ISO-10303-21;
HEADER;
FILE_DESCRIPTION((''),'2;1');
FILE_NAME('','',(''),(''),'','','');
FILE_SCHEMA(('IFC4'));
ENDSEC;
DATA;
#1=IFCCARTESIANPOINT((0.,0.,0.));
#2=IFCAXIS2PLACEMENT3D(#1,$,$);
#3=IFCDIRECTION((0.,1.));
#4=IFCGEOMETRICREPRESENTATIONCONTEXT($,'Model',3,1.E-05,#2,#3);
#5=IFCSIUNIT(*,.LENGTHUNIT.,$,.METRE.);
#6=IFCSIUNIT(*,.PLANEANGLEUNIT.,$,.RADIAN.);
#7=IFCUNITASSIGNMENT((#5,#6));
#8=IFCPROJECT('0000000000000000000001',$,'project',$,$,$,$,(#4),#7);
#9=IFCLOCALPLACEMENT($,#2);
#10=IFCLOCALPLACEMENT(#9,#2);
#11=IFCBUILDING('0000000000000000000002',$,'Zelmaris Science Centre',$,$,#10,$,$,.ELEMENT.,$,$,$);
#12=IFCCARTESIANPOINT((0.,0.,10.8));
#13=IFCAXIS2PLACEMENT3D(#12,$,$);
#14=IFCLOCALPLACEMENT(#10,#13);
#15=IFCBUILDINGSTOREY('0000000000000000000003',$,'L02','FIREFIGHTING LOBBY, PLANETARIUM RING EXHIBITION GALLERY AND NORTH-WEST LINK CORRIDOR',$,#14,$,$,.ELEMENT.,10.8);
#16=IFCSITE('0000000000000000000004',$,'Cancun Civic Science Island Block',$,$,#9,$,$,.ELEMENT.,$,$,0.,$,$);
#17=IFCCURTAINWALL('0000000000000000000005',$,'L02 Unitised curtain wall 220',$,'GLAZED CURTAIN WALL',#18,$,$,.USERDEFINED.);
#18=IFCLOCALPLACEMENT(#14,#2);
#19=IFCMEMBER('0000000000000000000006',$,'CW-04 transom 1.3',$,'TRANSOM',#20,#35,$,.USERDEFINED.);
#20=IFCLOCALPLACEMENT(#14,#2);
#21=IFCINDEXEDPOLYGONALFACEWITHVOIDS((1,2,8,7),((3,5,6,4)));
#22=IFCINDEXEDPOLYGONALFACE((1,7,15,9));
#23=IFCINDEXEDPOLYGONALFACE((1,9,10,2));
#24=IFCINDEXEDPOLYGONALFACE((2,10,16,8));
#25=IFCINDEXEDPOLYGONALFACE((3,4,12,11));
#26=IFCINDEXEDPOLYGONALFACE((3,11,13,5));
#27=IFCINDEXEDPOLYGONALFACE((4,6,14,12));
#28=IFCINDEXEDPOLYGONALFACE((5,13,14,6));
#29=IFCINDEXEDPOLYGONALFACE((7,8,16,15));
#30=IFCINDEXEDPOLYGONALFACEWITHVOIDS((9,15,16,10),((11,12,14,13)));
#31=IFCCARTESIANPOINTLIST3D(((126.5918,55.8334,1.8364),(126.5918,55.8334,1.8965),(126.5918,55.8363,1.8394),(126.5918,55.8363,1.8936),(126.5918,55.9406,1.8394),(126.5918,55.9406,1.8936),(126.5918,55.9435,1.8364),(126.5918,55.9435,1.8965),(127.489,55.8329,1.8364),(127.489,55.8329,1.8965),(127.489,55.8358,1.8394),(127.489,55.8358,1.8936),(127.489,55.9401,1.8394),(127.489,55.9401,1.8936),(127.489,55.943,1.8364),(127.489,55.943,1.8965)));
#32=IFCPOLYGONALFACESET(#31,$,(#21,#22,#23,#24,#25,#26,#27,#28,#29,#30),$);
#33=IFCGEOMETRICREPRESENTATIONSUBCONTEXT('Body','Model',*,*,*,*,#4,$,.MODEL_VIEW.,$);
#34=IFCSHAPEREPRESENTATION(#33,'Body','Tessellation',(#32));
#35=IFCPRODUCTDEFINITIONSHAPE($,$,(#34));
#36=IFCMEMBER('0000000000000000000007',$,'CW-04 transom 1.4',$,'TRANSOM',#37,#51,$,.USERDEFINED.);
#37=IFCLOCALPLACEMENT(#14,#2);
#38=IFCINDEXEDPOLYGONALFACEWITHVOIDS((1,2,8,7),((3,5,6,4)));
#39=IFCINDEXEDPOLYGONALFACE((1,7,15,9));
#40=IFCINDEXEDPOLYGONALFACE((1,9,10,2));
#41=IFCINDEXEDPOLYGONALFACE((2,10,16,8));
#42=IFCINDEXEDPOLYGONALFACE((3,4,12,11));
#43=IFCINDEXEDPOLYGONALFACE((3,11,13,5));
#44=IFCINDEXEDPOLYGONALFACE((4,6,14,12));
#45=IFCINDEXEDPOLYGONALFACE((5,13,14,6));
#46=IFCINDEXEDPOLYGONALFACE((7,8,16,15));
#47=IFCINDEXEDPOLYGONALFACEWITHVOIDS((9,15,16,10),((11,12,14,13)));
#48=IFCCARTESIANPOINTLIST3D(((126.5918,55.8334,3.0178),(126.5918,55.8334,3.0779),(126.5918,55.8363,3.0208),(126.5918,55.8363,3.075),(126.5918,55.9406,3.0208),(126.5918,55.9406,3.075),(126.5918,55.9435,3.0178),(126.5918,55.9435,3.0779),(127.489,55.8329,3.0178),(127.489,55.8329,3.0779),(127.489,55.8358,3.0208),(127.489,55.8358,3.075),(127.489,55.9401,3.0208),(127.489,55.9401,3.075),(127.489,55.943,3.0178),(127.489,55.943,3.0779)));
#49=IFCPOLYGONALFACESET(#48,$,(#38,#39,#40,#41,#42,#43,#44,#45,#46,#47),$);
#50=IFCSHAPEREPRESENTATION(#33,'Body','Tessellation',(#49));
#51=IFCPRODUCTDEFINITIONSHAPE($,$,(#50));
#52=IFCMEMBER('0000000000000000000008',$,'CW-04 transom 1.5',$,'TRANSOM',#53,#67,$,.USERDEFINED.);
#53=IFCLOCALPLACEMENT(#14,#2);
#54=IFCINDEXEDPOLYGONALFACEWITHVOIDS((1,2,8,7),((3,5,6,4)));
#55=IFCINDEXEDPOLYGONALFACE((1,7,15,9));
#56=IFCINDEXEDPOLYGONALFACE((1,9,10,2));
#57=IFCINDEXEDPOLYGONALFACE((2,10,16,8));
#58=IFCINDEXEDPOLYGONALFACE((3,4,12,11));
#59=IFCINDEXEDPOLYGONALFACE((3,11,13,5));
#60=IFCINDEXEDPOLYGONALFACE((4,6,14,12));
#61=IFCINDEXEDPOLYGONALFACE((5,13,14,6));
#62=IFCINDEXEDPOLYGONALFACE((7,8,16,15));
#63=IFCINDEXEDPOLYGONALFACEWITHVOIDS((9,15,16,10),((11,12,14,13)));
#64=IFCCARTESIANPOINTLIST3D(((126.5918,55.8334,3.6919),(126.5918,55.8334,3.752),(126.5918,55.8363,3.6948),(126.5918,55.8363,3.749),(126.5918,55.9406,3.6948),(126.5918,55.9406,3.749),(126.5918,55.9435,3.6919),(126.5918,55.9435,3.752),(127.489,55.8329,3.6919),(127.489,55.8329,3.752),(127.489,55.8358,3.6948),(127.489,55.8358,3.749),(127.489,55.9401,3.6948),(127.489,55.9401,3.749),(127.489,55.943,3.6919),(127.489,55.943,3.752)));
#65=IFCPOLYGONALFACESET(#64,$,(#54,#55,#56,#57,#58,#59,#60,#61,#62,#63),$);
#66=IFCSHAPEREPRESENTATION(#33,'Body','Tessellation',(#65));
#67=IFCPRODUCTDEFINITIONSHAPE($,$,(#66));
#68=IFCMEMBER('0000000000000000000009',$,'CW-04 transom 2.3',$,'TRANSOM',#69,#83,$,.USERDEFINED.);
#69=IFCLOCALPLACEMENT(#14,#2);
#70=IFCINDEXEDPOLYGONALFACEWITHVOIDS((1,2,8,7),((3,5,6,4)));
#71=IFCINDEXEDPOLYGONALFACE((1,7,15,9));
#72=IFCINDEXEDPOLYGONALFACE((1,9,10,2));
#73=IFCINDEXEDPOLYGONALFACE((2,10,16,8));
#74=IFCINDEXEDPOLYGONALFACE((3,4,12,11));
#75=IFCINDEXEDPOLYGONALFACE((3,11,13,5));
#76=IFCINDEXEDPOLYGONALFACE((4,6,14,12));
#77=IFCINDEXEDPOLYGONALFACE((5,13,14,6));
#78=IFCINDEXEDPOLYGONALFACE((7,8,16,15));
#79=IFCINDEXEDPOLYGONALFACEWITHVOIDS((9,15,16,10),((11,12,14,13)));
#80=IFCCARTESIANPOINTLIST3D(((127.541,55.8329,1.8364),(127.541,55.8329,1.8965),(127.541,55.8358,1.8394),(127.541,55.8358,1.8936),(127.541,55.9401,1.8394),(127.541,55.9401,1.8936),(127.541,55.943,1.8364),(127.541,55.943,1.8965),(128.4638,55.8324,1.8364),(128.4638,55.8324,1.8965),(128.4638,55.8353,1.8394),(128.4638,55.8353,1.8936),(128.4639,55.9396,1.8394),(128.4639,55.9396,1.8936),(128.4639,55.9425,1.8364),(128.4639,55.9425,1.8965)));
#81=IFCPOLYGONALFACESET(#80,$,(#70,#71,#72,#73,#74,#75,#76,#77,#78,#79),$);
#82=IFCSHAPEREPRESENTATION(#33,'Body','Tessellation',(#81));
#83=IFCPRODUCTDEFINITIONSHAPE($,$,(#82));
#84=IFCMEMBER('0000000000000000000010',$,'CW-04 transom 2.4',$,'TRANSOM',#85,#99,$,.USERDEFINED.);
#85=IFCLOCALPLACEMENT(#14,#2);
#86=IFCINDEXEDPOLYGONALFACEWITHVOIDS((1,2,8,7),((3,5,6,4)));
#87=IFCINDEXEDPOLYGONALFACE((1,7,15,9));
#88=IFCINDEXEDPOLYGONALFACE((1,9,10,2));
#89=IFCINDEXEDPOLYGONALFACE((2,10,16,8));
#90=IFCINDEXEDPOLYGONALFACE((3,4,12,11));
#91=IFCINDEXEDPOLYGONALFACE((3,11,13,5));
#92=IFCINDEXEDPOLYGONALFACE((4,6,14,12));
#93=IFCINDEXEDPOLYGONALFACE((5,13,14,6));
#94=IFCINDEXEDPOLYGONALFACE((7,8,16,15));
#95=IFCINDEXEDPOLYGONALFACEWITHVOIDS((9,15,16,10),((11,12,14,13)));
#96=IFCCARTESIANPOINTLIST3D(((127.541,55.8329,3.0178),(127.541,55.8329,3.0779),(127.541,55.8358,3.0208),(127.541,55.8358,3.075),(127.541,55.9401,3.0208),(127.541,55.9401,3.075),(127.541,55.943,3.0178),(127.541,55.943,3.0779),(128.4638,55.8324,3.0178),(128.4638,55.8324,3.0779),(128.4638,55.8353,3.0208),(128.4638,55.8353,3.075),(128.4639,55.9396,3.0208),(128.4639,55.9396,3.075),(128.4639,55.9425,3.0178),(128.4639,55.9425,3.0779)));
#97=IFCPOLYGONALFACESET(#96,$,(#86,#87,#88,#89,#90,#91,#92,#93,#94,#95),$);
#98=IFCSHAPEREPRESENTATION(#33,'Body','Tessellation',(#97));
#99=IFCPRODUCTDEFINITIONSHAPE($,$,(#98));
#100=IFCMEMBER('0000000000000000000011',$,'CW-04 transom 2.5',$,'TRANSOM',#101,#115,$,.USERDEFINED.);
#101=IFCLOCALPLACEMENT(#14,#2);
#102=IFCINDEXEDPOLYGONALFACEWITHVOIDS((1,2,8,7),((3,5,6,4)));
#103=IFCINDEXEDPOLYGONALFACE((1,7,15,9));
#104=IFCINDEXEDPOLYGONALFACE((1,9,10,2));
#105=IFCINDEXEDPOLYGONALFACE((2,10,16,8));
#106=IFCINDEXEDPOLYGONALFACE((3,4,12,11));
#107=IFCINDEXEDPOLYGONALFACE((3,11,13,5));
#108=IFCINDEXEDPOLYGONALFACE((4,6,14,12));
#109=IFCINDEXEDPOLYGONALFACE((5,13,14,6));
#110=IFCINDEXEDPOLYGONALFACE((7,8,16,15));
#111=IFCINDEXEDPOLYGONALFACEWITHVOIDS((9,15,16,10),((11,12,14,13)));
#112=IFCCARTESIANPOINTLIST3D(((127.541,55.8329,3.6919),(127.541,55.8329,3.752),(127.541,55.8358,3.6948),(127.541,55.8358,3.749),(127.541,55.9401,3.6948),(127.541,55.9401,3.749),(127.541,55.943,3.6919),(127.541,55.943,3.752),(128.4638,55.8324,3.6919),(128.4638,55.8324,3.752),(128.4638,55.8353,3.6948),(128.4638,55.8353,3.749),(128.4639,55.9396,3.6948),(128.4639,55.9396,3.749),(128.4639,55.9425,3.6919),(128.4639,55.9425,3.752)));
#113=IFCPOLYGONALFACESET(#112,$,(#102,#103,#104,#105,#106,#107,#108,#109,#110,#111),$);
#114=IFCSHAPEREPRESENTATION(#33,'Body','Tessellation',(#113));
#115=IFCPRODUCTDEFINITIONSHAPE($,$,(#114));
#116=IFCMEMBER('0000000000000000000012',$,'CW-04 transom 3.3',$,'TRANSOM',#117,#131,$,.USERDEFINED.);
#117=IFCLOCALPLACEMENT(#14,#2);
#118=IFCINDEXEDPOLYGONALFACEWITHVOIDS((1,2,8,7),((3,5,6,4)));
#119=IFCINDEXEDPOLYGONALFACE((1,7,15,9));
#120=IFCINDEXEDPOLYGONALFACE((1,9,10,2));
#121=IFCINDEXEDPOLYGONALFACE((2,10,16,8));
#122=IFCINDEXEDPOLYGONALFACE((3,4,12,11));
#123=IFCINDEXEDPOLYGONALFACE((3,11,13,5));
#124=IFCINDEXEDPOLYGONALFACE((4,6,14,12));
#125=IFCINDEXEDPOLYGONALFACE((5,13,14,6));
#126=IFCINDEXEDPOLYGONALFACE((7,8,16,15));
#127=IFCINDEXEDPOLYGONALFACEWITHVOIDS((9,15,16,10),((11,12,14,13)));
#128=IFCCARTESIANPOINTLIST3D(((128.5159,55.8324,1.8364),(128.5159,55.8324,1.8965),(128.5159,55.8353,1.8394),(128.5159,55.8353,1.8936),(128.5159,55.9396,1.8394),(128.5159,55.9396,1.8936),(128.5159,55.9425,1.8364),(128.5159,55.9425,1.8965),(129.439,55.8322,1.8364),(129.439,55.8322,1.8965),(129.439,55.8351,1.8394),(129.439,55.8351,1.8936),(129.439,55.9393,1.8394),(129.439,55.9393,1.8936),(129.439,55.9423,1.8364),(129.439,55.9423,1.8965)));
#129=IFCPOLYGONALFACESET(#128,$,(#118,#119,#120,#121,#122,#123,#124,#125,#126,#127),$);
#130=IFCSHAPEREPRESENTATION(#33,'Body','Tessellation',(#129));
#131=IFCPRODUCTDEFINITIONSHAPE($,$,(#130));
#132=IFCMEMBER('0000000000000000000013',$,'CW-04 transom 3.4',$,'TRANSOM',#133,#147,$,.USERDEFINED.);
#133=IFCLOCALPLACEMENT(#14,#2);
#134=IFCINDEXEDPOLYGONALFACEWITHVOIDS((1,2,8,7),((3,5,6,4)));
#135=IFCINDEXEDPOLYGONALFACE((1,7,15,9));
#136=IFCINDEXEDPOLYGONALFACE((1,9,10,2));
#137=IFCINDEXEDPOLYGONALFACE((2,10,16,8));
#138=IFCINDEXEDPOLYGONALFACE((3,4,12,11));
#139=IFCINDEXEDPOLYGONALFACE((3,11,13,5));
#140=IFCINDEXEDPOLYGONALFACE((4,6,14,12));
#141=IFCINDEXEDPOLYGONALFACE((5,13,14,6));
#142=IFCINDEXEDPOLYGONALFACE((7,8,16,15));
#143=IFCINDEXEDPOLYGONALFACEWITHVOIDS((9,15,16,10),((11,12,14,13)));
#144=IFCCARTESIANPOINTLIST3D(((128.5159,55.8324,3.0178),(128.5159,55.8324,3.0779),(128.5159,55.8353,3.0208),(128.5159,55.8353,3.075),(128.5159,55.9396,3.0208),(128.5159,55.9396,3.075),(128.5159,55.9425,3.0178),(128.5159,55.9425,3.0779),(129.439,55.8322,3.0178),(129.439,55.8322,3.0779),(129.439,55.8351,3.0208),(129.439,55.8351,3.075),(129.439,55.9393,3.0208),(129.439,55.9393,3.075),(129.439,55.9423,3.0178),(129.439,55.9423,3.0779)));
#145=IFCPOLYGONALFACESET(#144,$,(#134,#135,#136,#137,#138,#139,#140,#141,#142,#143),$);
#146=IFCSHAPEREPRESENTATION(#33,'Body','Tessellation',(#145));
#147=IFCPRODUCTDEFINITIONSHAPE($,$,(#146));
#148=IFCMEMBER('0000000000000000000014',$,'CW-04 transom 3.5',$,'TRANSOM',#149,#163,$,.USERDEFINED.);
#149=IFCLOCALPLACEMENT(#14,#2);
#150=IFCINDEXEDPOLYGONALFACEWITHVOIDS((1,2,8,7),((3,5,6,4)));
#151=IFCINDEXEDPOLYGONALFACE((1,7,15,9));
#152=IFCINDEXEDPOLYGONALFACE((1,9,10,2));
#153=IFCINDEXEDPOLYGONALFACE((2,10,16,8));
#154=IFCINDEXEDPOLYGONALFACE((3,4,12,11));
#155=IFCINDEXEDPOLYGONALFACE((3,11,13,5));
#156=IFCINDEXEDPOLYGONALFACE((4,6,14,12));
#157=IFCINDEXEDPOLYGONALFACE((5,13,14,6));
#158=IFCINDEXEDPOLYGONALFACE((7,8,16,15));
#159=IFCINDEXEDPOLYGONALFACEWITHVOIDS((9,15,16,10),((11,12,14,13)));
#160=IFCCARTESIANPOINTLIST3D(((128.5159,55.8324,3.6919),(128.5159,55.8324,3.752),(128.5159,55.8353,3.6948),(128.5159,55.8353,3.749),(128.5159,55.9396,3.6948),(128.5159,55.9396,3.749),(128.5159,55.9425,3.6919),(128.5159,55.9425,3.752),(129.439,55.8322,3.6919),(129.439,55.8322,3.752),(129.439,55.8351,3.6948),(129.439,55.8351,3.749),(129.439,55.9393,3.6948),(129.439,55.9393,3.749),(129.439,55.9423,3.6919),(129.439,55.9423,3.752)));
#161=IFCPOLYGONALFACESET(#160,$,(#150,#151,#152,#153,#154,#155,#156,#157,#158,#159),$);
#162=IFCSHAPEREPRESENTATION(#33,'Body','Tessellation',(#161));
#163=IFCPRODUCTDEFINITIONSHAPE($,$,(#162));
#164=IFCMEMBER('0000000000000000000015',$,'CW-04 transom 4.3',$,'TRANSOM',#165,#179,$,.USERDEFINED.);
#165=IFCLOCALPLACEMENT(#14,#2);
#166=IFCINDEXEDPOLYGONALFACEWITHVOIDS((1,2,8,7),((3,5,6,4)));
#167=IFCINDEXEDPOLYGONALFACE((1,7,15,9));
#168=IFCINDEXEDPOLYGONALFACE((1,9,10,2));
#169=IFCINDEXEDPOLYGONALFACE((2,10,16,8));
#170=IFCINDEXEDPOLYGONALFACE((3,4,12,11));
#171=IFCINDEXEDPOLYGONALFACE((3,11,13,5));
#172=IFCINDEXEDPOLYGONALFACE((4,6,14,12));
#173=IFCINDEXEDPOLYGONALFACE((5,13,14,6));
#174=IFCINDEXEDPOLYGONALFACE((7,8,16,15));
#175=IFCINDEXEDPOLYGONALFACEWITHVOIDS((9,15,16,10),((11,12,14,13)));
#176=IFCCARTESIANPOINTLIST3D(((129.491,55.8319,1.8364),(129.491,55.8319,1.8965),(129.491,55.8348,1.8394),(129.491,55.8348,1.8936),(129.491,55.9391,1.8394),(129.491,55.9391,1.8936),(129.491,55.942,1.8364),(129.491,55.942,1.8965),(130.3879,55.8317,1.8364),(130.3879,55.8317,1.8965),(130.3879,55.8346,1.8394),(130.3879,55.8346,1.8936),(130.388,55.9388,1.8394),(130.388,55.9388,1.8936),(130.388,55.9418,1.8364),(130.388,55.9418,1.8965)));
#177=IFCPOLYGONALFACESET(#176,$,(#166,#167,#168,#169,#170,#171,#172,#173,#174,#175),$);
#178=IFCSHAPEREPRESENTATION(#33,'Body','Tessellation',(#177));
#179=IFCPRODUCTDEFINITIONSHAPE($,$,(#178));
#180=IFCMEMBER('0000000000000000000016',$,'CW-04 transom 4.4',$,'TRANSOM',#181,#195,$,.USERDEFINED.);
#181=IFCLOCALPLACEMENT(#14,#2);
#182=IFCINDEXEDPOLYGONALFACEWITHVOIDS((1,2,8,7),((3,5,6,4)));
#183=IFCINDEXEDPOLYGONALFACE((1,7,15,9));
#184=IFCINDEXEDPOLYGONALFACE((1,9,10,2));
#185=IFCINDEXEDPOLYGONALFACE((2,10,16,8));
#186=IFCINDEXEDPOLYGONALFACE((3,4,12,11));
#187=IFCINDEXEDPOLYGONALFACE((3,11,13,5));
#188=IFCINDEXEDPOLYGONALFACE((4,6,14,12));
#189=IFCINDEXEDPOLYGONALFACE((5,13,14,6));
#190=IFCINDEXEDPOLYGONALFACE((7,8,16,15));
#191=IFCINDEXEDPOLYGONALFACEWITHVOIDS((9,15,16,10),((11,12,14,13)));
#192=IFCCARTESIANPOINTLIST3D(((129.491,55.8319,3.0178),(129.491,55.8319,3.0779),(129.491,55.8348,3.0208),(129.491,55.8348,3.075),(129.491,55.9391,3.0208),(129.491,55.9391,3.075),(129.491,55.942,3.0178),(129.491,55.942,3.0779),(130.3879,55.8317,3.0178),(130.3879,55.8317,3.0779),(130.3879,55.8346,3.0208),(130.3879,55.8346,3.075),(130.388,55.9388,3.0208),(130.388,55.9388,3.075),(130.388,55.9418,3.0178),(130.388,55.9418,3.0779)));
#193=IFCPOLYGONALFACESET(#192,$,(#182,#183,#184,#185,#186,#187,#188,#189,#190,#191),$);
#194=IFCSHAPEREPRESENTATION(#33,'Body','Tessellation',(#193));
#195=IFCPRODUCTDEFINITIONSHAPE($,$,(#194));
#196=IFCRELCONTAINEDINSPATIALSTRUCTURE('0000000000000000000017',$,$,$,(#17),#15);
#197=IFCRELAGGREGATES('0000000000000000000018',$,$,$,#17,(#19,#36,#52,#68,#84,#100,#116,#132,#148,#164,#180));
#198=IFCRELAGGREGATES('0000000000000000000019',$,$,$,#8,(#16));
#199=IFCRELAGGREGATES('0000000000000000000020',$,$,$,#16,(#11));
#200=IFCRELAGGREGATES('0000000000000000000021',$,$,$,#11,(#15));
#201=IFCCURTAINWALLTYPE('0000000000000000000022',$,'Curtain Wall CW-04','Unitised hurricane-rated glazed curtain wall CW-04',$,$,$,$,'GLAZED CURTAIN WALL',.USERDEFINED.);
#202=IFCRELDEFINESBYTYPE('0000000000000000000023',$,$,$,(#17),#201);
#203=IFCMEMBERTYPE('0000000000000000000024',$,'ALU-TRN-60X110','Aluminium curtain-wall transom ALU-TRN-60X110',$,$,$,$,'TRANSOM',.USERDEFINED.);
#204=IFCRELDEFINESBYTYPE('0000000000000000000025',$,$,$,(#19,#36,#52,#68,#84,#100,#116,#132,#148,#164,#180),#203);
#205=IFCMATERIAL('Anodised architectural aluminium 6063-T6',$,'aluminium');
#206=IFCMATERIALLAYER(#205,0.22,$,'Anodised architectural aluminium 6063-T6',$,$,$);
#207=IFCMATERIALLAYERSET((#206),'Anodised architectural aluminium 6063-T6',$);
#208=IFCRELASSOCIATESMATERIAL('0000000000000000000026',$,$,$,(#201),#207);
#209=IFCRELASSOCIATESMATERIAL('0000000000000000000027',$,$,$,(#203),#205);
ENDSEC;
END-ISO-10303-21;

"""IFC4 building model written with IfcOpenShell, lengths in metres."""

from ifc_helpers import new_model, si_unit, direction, frame, origin, origin_2d, place, context, subcontext, project, spatial, hollow_rectangle, extrude, material, layer, layer_set, material_profile, profile_set, type_object, element, aggregate, save


model = new_model("IFC4")

# Units and contexts
model_context = context("Model", 3, precision=1e-05, world=origin(), true_north=direction((0.0, 1.0)))
body_context = subcontext(model_context, "Body", "Model", "MODEL_VIEW")
ifc_project = project(units=[si_unit("LENGTHUNIT", "METRE"), si_unit("PLANEANGLEUNIT", "RADIAN")], contexts=[model_context])

# Site, building, storey
site_placement = place(None, origin())
site = spatial("IfcSite", under=ifc_project, at=site_placement, Name="Cancun Civic Science Island Block", CompositionType="ELEMENT", RefElevation=0.0)
building_placement = place(site_placement, origin())
building = spatial("IfcBuilding", under=site, at=building_placement, Name="Zelmaris Science Centre", CompositionType="ELEMENT")
storey_placement = place(building_placement, frame((0.0, 0.0, 10.8)))
storey = spatial("IfcBuildingStorey", under=building, at=storey_placement, Name="L02", Description="FIREFIGHTING LOBBY, PLANETARIUM RING EXHIBITION GALLERY AND NORTH-WEST LINK CORRIDOR", CompositionType="ELEMENT", Elevation=10.8)

# Curtain wall, members
ifc_material_1 = material(Name="Anodised architectural aluminium 6063-T6", Category="aluminium")
ifc_layer_1 = layer(ifc_material_1, 0.22, Name="Anodised architectural aluminium 6063-T6")
ifc_layer_set_1 = layer_set([ifc_layer_1], Name="Anodised architectural aluminium 6063-T6")
curtain_wall_type = type_object("IfcCurtainWallType", Name="Curtain Wall CW-04", Description="Unitised hurricane-rated glazed curtain wall CW-04", ElementType="GLAZED CURTAIN WALL", PredefinedType="USERDEFINED", material=ifc_layer_set_1)
curtain_wall_placement = place(storey_placement, origin())
curtain_wall = element("IfcCurtainWall", 1, at=curtain_wall_placement, inside=storey, type_object=curtain_wall_type, Name="L02 Unitised curtain wall 220", ObjectType="GLAZED CURTAIN WALL", PredefinedType="USERDEFINED")
ifc_material_profile = material_profile(ifc_material_1, hollow_rectangle(XDim=0.0601, YDim=0.1101, WallThickness=0.0029, at=origin_2d()), Name="ALU-TRN-60X110")
ifc_profile_set = profile_set([ifc_material_profile], Name="Anodised architectural aluminium 6063-T6")
member_type = type_object("IfcMemberType", Name="ALU-TRN-60X110", Description="Aluminium curtain-wall transom ALU-TRN-60X110", ElementType="TRANSOM", PredefinedType="USERDEFINED", material=ifc_profile_set)
member_1_placement = place(storey_placement, frame((126.5918, 55.8884, 1.8665), z_axis=(1.0, -0.000544, 0.0), x_axis=(0.0, 0.0, 1.0)))
member_1 = element("IfcMember", 2, at=member_1_placement, type_object=member_type, Name="CW-04 transom 1.3", ObjectType="TRANSOM", PredefinedType="USERDEFINED", context=body_context, shape_type="SweptSolid", body=[
    extrude(hollow_rectangle(XDim=0.0601, YDim=0.1101, WallThickness=0.0029, at=origin_2d()), origin(), (0.0, 0.0, 1.0), 0.8972),
])
member_2_placement = place(storey_placement, frame((126.5918, 55.8884, 3.0479), z_axis=(1.0, -0.000544, 0.0), x_axis=(0.0, 0.0, 1.0)))
member_2 = element("IfcMember", 3, at=member_2_placement, type_object=member_type, Name="CW-04 transom 1.4", ObjectType="TRANSOM", PredefinedType="USERDEFINED", context=body_context, shape_type="SweptSolid", body=[
    extrude(hollow_rectangle(XDim=0.0601, YDim=0.1101, WallThickness=0.0029, at=origin_2d()), origin(), (0.0, 0.0, 1.0), 0.8972),
])
member_3_placement = place(storey_placement, frame((126.5918, 55.8884, 3.7219), z_axis=(1.0, -0.000544, 0.0), x_axis=(0.0, 0.0, 1.0)))
member_3 = element("IfcMember", 4, at=member_3_placement, type_object=member_type, Name="CW-04 transom 1.5", ObjectType="TRANSOM", PredefinedType="USERDEFINED", context=body_context, shape_type="SweptSolid", body=[
    extrude(hollow_rectangle(XDim=0.0601, YDim=0.1101, WallThickness=0.0029, at=origin_2d()), origin(), (0.0, 0.0, 1.0), 0.8972),
])
member_4_placement = place(storey_placement, frame((127.541, 55.8879, 1.8665), z_axis=(1.0, -0.000529, 0.0), x_axis=(0.0, 0.0, 1.0)))
member_4 = element("IfcMember", 5, at=member_4_placement, type_object=member_type, Name="CW-04 transom 2.3", ObjectType="TRANSOM", PredefinedType="USERDEFINED", context=body_context, shape_type="SweptSolid", body=[
    extrude(hollow_rectangle(XDim=0.0601, YDim=0.1101, WallThickness=0.0029, at=origin_2d()), origin(), (0.0, 0.0, 1.0), 0.9229),
])
member_5_placement = place(storey_placement, frame((127.541, 55.8879, 3.0479), z_axis=(1.0, -0.000529, 0.0), x_axis=(0.0, 0.0, 1.0)))
member_5 = element("IfcMember", 6, at=member_5_placement, type_object=member_type, Name="CW-04 transom 2.4", ObjectType="TRANSOM", PredefinedType="USERDEFINED", context=body_context, shape_type="SweptSolid", body=[
    extrude(hollow_rectangle(XDim=0.0601, YDim=0.1101, WallThickness=0.0029, at=origin_2d()), origin(), (0.0, 0.0, 1.0), 0.9229),
])
member_6_placement = place(storey_placement, frame((127.541, 55.8879, 3.7219), z_axis=(1.0, -0.000529, 0.0), x_axis=(0.0, 0.0, 1.0)))
member_6 = element("IfcMember", 7, at=member_6_placement, type_object=member_type, Name="CW-04 transom 2.5", ObjectType="TRANSOM", PredefinedType="USERDEFINED", context=body_context, shape_type="SweptSolid", body=[
    extrude(hollow_rectangle(XDim=0.0601, YDim=0.1101, WallThickness=0.0029, at=origin_2d()), origin(), (0.0, 0.0, 1.0), 0.9229),
])
member_7_placement = place(storey_placement, frame((128.5159, 55.8875, 1.8665), z_axis=(1.0, -0.000264, 0.0), x_axis=(0.0, 0.0, 1.0)))
member_7 = element("IfcMember", 8, at=member_7_placement, type_object=member_type, Name="CW-04 transom 3.3", ObjectType="TRANSOM", PredefinedType="USERDEFINED", context=body_context, shape_type="SweptSolid", body=[
    extrude(hollow_rectangle(XDim=0.0601, YDim=0.1101, WallThickness=0.0029, at=origin_2d()), origin(), (0.0, 0.0, 1.0), 0.9231),
])
member_8_placement = place(storey_placement, frame((128.5159, 55.8875, 3.0479), z_axis=(1.0, -0.000264, 0.0), x_axis=(0.0, 0.0, 1.0)))
member_8 = element("IfcMember", 9, at=member_8_placement, type_object=member_type, Name="CW-04 transom 3.4", ObjectType="TRANSOM", PredefinedType="USERDEFINED", context=body_context, shape_type="SweptSolid", body=[
    extrude(hollow_rectangle(XDim=0.0601, YDim=0.1101, WallThickness=0.0029, at=origin_2d()), origin(), (0.0, 0.0, 1.0), 0.9231),
])
member_9_placement = place(storey_placement, frame((128.5159, 55.8875, 3.7219), z_axis=(1.0, -0.000264, 0.0), x_axis=(0.0, 0.0, 1.0)))
member_9 = element("IfcMember", 10, at=member_9_placement, type_object=member_type, Name="CW-04 transom 3.5", ObjectType="TRANSOM", PredefinedType="USERDEFINED", context=body_context, shape_type="SweptSolid", body=[
    extrude(hollow_rectangle(XDim=0.0601, YDim=0.1101, WallThickness=0.0029, at=origin_2d()), origin(), (0.0, 0.0, 1.0), 0.9231),
])
member_10_placement = place(storey_placement, frame((129.491, 55.887, 1.8665), z_axis=(1.0, -0.000272, 0.0), x_axis=(0.0, 0.0, 1.0)))
member_10 = element("IfcMember", 11, at=member_10_placement, type_object=member_type, Name="CW-04 transom 4.3", ObjectType="TRANSOM", PredefinedType="USERDEFINED", context=body_context, shape_type="SweptSolid", body=[
    extrude(hollow_rectangle(XDim=0.0601, YDim=0.1101, WallThickness=0.0029, at=origin_2d()), origin(), (0.0, 0.0, 1.0), 0.897),
])
member_11_placement = place(storey_placement, frame((129.491, 55.887, 3.0479), z_axis=(1.0, -0.000272, 0.0), x_axis=(0.0, 0.0, 1.0)))
member_11 = element("IfcMember", 12, at=member_11_placement, type_object=member_type, Name="CW-04 transom 4.4", ObjectType="TRANSOM", PredefinedType="USERDEFINED", context=body_context, shape_type="SweptSolid", body=[
    extrude(hollow_rectangle(XDim=0.0601, YDim=0.1101, WallThickness=0.0029, at=origin_2d()), origin(), (0.0, 0.0, 1.0), 0.897),
])
aggregate(curtain_wall, [member_1, member_2, member_3, member_4, member_5, member_6, member_7, member_8, member_9, member_10, member_11])

save(model, "model.ifc")
